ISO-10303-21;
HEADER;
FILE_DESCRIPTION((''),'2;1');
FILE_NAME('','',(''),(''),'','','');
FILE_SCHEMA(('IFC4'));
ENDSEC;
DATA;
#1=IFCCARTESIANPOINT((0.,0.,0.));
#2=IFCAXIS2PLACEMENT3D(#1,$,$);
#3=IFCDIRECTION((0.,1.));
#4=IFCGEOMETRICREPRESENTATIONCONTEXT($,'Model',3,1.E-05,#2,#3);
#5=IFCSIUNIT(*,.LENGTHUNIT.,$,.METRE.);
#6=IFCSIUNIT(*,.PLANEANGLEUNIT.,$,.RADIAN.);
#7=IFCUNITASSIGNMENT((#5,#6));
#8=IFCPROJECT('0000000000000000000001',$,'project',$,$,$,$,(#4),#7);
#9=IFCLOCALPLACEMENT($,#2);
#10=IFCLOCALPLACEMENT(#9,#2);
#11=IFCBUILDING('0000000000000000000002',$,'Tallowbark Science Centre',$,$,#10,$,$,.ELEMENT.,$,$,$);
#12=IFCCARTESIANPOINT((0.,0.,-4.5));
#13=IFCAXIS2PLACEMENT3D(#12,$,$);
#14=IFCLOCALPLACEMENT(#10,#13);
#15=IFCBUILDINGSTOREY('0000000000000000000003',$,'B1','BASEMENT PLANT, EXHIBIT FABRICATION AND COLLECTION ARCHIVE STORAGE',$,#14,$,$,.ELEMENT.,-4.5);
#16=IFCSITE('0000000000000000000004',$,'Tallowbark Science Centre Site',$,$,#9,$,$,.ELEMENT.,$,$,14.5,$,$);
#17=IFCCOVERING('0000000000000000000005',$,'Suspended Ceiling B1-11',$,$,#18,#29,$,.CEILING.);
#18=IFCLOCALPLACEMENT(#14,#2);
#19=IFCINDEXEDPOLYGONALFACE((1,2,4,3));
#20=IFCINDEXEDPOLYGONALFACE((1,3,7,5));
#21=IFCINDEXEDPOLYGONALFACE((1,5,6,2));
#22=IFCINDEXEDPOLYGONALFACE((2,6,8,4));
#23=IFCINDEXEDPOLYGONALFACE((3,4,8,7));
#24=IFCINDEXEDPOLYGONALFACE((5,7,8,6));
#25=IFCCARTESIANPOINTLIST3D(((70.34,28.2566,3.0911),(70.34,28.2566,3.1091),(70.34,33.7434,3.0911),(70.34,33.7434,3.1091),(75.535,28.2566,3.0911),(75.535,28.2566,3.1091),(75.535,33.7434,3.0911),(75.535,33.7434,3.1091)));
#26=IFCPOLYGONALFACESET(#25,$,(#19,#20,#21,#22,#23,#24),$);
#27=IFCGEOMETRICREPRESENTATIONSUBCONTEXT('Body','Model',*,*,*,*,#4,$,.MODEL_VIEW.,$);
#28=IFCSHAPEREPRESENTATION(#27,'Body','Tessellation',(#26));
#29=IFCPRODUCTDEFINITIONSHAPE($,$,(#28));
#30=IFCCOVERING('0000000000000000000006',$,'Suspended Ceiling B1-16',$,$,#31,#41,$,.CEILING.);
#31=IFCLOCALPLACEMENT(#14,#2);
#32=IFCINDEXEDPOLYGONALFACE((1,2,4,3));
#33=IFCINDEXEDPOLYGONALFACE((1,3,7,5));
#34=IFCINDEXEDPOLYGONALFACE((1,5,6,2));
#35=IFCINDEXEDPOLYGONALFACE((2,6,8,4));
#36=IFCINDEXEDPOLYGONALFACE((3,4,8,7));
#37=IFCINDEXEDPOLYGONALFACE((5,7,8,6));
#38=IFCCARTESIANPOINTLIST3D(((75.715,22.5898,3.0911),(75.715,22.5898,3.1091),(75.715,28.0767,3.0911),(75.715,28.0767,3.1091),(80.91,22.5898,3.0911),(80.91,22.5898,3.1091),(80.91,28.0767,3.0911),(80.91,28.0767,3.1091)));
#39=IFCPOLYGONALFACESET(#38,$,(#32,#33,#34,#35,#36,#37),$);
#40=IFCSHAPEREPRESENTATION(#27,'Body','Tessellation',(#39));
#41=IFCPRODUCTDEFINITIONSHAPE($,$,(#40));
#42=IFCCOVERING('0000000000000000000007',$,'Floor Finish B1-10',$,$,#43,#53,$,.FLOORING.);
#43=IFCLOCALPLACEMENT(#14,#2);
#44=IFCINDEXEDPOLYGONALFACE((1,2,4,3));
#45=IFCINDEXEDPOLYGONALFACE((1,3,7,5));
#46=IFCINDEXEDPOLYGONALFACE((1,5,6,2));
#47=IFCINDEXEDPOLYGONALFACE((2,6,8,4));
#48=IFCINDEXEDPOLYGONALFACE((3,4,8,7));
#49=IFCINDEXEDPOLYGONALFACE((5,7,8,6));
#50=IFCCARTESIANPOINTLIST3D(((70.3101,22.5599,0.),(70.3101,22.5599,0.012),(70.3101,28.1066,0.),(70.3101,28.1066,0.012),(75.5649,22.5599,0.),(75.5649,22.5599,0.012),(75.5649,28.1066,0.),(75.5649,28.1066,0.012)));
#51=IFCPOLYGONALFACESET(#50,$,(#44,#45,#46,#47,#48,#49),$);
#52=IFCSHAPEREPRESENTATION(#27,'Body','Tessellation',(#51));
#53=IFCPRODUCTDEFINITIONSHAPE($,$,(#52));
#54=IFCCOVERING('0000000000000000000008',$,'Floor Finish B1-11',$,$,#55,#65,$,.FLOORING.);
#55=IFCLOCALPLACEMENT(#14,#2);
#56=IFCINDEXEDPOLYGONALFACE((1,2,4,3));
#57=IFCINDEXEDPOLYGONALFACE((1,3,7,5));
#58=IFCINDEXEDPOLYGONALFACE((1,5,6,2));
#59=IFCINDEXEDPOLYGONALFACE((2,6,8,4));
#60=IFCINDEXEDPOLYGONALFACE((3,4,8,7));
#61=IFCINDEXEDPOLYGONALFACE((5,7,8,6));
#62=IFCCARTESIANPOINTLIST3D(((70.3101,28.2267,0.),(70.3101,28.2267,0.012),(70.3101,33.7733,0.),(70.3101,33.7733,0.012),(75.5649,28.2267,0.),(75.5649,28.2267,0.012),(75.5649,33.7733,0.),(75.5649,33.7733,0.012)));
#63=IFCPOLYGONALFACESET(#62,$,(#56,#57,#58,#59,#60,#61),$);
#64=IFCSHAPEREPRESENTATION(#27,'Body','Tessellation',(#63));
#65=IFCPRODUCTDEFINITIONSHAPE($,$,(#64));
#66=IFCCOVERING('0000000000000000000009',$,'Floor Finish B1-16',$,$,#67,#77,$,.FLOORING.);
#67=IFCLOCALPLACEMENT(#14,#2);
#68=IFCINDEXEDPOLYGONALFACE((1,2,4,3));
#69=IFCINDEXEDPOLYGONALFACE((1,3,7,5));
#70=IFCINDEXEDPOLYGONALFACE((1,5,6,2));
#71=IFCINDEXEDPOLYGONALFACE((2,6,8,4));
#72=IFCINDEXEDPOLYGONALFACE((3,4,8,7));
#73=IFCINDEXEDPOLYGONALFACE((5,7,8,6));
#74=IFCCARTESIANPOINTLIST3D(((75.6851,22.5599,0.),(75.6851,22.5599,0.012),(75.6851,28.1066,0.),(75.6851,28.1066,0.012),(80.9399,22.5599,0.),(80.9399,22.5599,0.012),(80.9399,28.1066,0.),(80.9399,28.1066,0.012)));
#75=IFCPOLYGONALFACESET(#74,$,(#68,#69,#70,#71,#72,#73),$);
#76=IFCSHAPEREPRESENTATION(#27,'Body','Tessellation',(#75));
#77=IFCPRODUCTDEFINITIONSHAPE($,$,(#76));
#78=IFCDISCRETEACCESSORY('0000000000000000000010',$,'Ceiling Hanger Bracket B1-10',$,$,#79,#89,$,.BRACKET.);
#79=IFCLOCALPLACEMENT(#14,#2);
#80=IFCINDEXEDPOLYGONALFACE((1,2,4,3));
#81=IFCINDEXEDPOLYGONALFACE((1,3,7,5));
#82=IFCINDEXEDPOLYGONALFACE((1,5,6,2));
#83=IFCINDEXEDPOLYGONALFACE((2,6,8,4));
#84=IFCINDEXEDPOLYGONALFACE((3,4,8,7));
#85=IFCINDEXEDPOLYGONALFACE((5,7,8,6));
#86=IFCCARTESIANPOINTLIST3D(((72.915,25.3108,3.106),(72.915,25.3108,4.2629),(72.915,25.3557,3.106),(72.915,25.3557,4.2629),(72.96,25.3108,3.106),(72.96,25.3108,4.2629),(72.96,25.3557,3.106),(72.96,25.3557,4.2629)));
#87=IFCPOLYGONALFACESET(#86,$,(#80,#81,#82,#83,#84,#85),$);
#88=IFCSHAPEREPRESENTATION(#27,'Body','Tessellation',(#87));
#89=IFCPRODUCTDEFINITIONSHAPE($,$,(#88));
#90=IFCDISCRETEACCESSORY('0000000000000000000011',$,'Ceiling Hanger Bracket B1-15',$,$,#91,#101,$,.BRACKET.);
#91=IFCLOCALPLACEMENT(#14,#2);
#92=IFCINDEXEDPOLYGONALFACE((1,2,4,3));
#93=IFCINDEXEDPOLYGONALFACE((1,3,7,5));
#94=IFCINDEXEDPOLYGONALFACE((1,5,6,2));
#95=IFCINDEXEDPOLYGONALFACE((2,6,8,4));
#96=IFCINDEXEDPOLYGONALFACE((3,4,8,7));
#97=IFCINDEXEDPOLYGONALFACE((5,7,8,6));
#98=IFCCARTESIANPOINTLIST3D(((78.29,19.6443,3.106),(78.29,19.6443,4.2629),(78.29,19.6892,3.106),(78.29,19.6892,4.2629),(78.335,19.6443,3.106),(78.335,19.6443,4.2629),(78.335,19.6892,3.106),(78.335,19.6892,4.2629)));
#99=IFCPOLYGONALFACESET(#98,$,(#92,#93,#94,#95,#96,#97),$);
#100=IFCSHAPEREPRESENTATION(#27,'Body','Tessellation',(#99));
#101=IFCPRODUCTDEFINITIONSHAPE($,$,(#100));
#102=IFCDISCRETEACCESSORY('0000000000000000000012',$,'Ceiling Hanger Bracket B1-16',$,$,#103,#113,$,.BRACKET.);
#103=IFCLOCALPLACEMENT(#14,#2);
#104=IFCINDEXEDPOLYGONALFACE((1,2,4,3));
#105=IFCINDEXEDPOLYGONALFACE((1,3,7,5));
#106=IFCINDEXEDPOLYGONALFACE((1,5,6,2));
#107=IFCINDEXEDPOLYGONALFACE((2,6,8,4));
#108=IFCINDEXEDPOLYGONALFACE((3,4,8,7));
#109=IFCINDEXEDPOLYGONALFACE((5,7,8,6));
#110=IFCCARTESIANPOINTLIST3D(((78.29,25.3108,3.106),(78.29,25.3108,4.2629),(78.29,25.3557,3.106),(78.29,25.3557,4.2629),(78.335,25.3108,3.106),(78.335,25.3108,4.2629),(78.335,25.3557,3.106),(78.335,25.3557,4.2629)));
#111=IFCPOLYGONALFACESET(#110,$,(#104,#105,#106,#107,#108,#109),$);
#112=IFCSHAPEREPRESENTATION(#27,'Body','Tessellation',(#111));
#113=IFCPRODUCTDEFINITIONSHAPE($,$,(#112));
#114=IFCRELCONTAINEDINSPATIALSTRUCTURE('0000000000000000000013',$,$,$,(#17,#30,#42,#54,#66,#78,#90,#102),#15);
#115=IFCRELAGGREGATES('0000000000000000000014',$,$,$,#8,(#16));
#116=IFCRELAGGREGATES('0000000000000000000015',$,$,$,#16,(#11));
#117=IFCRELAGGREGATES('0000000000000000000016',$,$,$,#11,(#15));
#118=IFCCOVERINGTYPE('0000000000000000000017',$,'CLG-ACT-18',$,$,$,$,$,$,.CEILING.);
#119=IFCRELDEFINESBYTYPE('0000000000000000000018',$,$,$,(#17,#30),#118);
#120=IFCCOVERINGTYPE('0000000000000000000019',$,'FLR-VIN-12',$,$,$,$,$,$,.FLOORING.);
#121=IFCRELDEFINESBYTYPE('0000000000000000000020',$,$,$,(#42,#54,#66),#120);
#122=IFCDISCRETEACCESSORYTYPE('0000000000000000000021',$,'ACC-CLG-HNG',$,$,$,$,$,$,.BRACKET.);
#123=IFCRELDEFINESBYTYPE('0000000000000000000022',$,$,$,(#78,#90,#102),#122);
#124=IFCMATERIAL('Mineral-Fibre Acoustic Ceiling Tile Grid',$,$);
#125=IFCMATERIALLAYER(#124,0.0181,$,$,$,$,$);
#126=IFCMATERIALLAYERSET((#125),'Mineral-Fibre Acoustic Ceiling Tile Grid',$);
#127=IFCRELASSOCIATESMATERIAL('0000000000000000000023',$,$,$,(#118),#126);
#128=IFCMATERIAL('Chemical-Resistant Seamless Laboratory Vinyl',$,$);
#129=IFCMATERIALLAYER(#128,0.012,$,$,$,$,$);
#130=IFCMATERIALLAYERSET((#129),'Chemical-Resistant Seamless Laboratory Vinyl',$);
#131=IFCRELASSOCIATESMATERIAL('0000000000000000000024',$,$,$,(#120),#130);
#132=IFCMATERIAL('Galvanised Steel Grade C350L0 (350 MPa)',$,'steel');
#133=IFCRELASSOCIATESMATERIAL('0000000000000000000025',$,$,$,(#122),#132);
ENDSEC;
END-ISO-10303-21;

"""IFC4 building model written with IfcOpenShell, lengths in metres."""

from ifc_helpers import new_model, si_unit, direction, frame, origin, origin_2d, place, context, subcontext, project, spatial, rectangle, extrude, material, layer, layer_set, type_object, element, save


model = new_model("IFC4")

# Units and contexts
model_context = context("Model", 3, precision=1e-05, world=origin(), true_north=direction((0.0, 1.0)))
body_context = subcontext(model_context, "Body", "Model", "MODEL_VIEW")
ifc_project = project(units=[si_unit("LENGTHUNIT", "METRE"), si_unit("PLANEANGLEUNIT", "RADIAN")], contexts=[model_context])

# Site, building, storey
site_placement = place(None, origin())
site = spatial("IfcSite", under=ifc_project, at=site_placement, Name="Tallowbark Science Centre Site", CompositionType="ELEMENT", RefElevation=14.5)
building_placement = place(site_placement, origin())
building = spatial("IfcBuilding", under=site, at=building_placement, Name="Tallowbark Science Centre", CompositionType="ELEMENT")
storey_placement = place(building_placement, frame((0.0, 0.0, -4.5)))
storey = spatial("IfcBuildingStorey", under=building, at=storey_placement, Name="B1", Description="BASEMENT PLANT, EXHIBIT FABRICATION AND COLLECTION ARCHIVE STORAGE", CompositionType="ELEMENT", Elevation=-4.5)

# Coverings
ifc_material_1 = material(Name="Mineral-Fibre Acoustic Ceiling Tile Grid")
ifc_layer_1 = layer(ifc_material_1, 0.0181)
ifc_layer_set_1 = layer_set([ifc_layer_1], Name="Mineral-Fibre Acoustic Ceiling Tile Grid")
covering_type_1 = type_object("IfcCoveringType", Name="CLG-ACT-18", PredefinedType="CEILING", material=ifc_layer_set_1)
for number, where, z_axis, x_axis, name in (
    (1, (72.9375, 31.0, 3.0911), (0.0, 0.0, 1.0), (1.0, 0.0, 0.0), "Suspended Ceiling B1-11"),
    (2, (78.3125, 25.3333, 3.0911), (0.0, 0.0, 1.0), (1.0, 0.0, 0.0), "Suspended Ceiling B1-16"),
):
    element("IfcCovering", number, at=place(storey_placement, frame(where, z_axis=z_axis, x_axis=x_axis)), inside=storey, type_object=covering_type_1, Name=name, PredefinedType="CEILING", context=body_context, shape_type="SweptSolid", body=[
        extrude(rectangle(XDim=5.1951, YDim=5.4868, at=origin_2d()), origin(), (0.0, 0.0, 1.0), 0.0181),
    ])
ifc_material_2 = material(Name="Chemical-Resistant Seamless Laboratory Vinyl")
ifc_layer_2 = layer(ifc_material_2, 0.012)
ifc_layer_set_2 = layer_set([ifc_layer_2], Name="Chemical-Resistant Seamless Laboratory Vinyl")
covering_type_2 = type_object("IfcCoveringType", Name="FLR-VIN-12", PredefinedType="FLOORING", material=ifc_layer_set_2)
for number, where, z_axis, x_axis, name in (
    (3, (72.9375, 25.3333, 0.0), (0.0, 0.0, 1.0), (1.0, 0.0, 0.0), "Floor Finish B1-10"),
    (4, (72.9375, 31.0, 0.0), (0.0, 0.0, 1.0), (1.0, 0.0, 0.0), "Floor Finish B1-11"),
    (5, (78.3125, 25.3333, 0.0), (0.0, 0.0, 1.0), (1.0, 0.0, 0.0), "Floor Finish B1-16"),
):
    element("IfcCovering", number, at=place(storey_placement, frame(where, z_axis=z_axis, x_axis=x_axis)), inside=storey, type_object=covering_type_2, Name=name, PredefinedType="FLOORING", context=body_context, shape_type="SweptSolid", body=[
        extrude(rectangle(XDim=5.2549, YDim=5.5466, at=origin_2d()), origin(), (0.0, 0.0, 1.0), 0.012),
    ])

# Discrete accessories
ifc_material_3 = material(Name="Galvanised Steel Grade C350L0 (350 MPa)", Category="steel")
discrete_accessory_type = type_object("IfcDiscreteAccessoryType", Name="ACC-CLG-HNG", PredefinedType="BRACKET", material=ifc_material_3)
for number, where, z_axis, x_axis, name in (
    (6, (72.9375, 25.3333, 3.106), (0.0, 0.0, 1.0), (1.0, 0.0, 0.0), "Ceiling Hanger Bracket B1-10"),
    (7, (78.3125, 19.6667, 3.106), (0.0, 0.0, 1.0), (1.0, 0.0, 0.0), "Ceiling Hanger Bracket B1-15"),
    (8, (78.3125, 25.3333, 3.106), (0.0, 0.0, 1.0), (1.0, 0.0, 0.0), "Ceiling Hanger Bracket B1-16"),
):
    element("IfcDiscreteAccessory", number, at=place(storey_placement, frame(where, z_axis=z_axis, x_axis=x_axis)), inside=storey, type_object=discrete_accessory_type, Name=name, PredefinedType="BRACKET", context=body_context, shape_type="SweptSolid", body=[
        extrude(rectangle(XDim=0.0449, YDim=0.0449, at=origin_2d()), origin(), (0.0, 0.0, 1.0), 1.157),
    ])

save(model, "model.ifc")
